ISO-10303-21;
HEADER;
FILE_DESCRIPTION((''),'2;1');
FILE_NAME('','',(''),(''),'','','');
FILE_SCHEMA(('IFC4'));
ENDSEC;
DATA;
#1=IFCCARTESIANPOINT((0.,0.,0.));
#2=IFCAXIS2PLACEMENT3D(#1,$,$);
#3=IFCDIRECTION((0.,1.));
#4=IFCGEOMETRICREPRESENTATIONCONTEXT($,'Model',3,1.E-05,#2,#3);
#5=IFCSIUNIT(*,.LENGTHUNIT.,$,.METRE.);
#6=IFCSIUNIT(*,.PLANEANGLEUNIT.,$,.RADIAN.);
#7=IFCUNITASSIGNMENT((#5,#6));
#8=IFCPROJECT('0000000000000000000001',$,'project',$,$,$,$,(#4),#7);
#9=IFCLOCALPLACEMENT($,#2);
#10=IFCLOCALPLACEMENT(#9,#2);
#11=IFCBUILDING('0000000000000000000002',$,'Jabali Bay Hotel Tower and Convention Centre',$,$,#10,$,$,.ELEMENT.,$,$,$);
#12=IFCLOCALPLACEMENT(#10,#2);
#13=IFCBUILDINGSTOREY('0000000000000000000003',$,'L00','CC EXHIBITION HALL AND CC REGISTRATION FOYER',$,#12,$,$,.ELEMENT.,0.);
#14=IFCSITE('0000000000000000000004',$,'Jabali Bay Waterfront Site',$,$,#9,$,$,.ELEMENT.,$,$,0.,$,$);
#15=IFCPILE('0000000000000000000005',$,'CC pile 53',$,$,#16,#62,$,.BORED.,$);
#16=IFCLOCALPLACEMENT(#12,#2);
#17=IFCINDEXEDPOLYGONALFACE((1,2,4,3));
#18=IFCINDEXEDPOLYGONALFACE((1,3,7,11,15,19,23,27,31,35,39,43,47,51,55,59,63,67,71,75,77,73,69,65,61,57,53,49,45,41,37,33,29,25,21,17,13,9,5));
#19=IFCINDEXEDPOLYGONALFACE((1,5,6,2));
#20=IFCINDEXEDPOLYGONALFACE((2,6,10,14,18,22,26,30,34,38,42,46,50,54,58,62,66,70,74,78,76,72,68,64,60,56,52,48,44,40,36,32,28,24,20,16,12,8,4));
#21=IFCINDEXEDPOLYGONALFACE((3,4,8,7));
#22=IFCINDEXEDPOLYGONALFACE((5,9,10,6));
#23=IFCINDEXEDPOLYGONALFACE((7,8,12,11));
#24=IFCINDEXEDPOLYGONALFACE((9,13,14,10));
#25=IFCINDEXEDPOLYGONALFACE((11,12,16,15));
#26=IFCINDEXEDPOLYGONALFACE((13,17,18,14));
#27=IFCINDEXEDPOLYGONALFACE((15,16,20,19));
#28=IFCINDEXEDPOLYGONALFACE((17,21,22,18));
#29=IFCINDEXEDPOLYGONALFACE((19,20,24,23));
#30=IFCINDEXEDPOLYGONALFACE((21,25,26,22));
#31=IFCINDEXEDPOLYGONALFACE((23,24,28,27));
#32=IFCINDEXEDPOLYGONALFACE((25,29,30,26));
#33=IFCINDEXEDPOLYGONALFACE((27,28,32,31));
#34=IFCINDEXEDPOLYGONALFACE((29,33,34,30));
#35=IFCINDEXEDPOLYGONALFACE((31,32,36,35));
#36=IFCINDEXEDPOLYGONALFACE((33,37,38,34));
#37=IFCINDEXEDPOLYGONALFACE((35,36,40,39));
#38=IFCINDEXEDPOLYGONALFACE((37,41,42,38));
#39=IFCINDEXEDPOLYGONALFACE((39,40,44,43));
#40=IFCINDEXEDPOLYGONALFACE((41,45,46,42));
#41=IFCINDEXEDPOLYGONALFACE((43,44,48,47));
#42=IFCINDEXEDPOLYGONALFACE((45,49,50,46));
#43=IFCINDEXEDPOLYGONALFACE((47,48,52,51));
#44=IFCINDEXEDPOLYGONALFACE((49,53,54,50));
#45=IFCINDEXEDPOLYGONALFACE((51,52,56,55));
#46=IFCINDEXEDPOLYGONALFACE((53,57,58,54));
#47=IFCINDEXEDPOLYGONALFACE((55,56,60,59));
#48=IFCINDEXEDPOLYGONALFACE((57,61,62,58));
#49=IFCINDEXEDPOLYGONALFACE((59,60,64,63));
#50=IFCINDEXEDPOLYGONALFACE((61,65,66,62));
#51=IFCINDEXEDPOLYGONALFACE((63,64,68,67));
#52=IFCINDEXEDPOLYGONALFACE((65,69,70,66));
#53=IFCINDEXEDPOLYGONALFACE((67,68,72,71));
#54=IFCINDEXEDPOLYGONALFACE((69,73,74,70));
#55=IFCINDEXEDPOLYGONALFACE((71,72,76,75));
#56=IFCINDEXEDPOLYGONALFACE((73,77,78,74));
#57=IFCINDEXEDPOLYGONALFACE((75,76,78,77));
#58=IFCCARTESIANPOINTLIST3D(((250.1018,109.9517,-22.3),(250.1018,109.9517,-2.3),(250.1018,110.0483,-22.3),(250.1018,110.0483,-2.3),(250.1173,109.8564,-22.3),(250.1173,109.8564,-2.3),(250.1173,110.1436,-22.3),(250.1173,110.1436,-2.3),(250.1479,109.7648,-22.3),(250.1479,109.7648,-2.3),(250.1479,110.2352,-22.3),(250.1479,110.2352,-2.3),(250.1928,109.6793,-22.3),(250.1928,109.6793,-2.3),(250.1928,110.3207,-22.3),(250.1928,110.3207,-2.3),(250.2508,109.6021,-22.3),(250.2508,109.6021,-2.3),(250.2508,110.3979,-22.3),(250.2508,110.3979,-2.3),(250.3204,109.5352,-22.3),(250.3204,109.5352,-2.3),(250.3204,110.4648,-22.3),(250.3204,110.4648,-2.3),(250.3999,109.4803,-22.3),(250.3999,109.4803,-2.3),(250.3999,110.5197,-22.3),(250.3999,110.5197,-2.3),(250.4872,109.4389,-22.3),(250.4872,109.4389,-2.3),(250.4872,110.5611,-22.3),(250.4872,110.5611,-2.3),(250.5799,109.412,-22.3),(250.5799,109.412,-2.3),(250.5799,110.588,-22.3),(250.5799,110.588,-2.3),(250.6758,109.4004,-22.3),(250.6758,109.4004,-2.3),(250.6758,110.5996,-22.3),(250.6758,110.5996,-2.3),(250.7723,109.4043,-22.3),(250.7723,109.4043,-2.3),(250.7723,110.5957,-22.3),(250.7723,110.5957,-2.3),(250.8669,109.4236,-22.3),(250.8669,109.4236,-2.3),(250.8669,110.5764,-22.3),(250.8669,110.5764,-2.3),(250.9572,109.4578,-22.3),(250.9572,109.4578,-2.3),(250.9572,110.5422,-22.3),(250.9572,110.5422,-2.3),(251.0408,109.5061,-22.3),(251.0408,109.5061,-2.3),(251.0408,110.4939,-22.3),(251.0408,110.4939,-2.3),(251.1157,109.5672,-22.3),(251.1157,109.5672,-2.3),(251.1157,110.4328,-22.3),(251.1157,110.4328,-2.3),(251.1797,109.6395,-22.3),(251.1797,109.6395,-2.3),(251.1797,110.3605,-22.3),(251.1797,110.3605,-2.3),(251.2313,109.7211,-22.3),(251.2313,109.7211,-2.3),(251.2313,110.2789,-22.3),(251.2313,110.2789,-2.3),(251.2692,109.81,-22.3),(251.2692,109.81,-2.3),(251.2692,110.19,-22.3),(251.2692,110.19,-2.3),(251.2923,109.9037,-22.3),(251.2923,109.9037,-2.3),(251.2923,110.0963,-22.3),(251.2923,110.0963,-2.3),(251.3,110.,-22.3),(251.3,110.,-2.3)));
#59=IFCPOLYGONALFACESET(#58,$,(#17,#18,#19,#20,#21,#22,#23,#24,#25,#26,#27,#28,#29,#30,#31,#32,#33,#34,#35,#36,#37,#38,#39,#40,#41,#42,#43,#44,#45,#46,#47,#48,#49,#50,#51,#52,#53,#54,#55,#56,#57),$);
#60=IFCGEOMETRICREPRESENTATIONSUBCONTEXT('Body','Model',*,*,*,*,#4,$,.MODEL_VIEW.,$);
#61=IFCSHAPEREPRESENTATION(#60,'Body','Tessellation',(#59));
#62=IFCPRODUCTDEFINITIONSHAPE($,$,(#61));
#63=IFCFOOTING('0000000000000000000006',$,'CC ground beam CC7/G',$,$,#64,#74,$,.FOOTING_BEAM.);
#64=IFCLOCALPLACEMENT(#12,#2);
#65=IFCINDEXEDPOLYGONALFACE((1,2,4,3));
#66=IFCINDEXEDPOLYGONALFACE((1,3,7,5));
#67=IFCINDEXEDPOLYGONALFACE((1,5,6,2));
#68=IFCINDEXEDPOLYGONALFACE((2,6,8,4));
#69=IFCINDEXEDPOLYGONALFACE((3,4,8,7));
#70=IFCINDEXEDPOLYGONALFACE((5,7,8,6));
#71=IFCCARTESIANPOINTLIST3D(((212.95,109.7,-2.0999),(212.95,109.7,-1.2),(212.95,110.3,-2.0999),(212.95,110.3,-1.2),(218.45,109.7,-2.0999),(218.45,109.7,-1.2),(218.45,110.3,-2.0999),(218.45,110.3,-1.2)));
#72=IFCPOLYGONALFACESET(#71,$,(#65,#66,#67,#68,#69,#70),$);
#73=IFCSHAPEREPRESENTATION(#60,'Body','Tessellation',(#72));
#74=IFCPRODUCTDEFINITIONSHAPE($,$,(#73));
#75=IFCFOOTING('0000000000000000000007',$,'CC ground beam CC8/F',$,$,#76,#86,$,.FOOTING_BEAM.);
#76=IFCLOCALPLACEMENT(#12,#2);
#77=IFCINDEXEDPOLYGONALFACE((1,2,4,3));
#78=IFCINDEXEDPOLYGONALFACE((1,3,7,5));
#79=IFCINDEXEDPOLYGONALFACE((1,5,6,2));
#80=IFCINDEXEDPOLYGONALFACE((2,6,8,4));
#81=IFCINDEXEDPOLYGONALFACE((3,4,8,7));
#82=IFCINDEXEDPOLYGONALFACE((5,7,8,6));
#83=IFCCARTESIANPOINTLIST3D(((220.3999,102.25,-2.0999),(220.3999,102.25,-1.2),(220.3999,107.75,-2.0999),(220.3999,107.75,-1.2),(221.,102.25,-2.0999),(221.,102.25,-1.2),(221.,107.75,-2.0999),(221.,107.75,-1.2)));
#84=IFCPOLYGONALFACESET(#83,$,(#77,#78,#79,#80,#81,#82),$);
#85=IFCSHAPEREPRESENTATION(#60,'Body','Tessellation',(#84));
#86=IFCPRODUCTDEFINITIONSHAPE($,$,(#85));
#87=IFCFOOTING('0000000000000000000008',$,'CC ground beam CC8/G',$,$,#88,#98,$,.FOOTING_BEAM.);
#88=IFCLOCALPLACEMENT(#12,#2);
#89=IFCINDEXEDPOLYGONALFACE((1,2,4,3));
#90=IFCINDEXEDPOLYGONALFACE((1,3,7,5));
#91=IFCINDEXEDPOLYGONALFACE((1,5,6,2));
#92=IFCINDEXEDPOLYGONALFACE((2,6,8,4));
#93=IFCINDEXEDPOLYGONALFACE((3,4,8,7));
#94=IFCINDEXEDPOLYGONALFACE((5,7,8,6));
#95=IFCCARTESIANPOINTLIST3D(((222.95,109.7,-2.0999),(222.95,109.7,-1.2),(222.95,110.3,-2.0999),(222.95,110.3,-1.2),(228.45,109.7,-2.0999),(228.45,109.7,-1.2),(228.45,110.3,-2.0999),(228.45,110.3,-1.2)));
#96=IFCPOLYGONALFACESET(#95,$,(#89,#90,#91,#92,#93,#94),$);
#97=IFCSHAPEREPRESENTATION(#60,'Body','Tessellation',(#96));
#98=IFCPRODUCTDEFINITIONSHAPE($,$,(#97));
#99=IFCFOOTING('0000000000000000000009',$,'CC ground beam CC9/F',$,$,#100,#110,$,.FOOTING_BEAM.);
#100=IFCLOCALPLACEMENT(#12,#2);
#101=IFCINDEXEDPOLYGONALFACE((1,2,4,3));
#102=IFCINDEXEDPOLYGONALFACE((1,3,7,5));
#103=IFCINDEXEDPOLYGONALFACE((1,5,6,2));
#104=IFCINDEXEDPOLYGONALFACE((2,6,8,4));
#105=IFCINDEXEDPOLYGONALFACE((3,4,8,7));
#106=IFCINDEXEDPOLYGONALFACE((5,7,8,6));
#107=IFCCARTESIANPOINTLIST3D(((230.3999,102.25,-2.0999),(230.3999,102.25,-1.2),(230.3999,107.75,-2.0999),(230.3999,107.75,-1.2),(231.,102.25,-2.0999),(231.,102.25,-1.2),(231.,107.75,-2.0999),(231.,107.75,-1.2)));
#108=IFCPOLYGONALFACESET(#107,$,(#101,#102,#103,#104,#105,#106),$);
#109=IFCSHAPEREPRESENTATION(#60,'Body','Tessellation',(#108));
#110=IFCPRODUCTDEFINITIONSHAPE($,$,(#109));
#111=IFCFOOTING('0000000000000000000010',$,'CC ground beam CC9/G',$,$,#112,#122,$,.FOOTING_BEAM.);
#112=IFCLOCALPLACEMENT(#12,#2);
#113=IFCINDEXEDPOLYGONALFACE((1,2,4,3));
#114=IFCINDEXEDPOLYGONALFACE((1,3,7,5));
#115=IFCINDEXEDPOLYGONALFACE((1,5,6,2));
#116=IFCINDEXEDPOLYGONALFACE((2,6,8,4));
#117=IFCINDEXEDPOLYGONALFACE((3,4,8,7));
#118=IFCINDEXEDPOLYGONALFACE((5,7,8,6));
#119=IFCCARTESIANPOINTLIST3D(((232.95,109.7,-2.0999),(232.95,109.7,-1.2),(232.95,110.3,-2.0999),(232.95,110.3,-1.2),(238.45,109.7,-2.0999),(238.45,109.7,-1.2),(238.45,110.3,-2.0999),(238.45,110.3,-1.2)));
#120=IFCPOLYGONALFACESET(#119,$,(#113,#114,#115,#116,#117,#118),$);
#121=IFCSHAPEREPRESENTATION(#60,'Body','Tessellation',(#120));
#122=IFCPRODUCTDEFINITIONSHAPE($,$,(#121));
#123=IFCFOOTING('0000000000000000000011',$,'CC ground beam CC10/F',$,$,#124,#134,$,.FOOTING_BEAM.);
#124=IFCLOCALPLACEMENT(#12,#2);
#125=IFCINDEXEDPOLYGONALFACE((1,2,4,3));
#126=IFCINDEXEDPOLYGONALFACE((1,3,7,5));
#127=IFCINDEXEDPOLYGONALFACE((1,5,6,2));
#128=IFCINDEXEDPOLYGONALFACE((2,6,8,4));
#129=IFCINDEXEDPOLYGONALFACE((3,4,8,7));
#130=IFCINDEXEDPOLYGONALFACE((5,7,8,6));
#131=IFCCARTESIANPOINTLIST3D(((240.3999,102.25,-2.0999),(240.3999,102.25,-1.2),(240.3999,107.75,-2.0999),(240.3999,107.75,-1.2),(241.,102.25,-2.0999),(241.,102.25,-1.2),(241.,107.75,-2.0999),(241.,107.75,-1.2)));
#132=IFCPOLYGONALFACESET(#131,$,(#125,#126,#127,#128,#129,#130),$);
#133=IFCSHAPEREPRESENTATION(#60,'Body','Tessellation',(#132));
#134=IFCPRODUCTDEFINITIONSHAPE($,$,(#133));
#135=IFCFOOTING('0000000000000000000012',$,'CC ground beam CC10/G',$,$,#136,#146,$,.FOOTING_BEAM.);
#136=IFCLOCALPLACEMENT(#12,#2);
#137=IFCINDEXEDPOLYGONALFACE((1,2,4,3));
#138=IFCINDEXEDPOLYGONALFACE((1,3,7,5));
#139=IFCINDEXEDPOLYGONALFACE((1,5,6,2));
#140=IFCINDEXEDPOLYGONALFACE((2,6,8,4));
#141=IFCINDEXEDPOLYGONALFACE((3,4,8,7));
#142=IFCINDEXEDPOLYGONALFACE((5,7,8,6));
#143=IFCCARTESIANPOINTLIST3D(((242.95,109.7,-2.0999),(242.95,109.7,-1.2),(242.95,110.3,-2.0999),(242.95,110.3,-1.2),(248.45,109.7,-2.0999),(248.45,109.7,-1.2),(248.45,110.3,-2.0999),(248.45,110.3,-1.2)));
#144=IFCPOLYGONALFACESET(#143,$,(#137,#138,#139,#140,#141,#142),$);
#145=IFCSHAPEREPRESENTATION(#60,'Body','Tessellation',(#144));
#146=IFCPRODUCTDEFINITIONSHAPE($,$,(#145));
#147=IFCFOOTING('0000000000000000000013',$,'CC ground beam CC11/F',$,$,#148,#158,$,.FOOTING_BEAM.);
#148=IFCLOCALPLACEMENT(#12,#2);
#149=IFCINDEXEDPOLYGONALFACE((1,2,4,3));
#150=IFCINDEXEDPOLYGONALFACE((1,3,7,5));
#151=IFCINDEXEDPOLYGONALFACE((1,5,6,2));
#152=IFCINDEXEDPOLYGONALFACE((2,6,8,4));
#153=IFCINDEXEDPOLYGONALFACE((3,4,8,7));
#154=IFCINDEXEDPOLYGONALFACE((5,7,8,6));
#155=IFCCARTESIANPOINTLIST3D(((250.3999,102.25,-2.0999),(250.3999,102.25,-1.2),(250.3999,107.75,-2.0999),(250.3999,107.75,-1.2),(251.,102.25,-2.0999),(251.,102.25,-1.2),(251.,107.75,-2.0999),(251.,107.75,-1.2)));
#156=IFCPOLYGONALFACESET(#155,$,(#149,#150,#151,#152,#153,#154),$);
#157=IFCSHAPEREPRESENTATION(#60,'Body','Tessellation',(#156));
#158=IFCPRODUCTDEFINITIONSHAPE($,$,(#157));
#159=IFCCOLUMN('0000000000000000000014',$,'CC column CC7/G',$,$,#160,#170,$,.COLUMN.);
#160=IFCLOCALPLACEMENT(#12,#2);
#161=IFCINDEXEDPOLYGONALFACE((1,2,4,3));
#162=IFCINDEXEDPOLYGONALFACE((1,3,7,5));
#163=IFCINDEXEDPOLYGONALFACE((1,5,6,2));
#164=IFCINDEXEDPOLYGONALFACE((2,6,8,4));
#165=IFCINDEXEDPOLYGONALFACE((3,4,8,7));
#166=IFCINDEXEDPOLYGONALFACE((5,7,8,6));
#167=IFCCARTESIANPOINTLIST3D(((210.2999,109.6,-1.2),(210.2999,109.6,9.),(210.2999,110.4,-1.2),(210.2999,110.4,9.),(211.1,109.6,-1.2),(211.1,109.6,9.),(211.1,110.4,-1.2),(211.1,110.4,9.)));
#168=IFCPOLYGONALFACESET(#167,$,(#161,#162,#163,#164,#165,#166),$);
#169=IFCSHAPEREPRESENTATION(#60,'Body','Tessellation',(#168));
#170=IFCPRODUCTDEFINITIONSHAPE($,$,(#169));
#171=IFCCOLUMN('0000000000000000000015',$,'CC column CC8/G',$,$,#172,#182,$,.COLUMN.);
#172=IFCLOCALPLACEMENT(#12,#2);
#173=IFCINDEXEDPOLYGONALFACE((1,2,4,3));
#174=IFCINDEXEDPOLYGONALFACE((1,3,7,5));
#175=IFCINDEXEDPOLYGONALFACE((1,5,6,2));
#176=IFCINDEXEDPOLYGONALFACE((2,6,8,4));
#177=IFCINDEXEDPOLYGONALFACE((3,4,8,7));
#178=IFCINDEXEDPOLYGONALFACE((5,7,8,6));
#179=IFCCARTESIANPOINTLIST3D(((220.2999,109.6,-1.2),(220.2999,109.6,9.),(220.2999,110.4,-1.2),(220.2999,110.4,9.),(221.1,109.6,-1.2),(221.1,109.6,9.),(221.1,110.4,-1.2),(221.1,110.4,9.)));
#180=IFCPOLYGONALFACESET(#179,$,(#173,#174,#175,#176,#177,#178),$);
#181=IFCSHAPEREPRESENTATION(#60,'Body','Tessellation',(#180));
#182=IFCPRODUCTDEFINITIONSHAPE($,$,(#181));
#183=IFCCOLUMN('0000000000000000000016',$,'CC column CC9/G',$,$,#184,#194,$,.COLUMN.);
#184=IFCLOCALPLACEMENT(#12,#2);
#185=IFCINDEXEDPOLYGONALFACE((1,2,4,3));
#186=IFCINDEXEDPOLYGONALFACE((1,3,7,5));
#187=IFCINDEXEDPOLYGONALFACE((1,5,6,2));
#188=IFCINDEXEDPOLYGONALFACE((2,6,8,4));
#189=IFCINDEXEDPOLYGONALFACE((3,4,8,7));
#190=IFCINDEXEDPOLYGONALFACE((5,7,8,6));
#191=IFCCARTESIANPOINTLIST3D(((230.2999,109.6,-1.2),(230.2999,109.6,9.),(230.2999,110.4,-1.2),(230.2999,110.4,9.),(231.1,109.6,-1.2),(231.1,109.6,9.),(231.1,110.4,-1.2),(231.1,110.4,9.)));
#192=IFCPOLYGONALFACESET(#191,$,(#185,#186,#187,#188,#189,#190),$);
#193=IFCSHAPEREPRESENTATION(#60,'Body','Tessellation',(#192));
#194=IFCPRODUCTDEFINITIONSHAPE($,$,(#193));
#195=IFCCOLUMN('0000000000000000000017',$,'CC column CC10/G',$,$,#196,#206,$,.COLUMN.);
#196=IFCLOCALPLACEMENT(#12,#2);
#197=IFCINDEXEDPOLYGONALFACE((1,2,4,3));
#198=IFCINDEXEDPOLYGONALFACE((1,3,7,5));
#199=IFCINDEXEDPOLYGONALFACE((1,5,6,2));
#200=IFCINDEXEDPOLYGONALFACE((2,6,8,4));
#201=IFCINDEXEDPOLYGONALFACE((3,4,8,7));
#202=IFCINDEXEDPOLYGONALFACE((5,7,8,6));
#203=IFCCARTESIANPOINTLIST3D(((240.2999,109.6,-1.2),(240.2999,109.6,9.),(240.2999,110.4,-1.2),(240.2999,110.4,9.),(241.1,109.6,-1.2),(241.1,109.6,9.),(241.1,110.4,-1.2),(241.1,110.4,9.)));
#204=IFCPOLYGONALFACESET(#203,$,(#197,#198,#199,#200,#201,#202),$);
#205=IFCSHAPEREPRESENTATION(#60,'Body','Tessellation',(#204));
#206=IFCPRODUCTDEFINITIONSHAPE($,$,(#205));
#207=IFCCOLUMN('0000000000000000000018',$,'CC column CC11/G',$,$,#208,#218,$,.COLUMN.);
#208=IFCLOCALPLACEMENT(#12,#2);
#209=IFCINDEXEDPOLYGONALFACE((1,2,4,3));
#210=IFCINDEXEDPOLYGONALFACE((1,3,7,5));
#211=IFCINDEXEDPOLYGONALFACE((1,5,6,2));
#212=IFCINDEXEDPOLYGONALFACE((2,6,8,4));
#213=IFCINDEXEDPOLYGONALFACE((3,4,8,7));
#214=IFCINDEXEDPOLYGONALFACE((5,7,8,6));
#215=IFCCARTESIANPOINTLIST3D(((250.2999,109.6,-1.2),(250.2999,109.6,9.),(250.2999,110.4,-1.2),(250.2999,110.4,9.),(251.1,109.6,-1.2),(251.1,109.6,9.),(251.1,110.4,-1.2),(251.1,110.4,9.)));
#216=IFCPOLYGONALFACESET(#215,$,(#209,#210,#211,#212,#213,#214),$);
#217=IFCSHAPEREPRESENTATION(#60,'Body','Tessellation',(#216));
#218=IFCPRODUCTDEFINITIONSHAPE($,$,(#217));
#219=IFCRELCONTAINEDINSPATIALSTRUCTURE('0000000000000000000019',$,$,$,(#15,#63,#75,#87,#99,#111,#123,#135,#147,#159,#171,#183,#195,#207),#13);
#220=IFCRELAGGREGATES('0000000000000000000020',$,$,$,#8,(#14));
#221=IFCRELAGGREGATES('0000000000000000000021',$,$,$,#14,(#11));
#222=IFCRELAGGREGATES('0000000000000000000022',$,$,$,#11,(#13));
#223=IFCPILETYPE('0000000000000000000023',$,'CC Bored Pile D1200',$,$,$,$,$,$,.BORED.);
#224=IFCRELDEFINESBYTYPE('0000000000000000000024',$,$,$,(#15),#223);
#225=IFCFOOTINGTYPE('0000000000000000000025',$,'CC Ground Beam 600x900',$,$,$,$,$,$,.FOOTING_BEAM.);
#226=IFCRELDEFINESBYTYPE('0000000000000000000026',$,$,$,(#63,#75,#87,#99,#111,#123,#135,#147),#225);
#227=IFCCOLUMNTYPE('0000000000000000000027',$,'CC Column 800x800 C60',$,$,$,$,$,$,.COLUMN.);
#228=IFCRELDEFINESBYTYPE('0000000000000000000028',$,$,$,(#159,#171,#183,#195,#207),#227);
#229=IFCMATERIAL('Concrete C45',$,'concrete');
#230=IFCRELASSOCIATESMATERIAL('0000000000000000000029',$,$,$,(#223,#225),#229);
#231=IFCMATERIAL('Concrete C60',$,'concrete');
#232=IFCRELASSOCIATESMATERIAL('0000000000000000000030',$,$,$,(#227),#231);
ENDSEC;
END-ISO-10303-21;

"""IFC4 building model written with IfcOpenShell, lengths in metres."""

from ifc_helpers import new_model, si_unit, direction, frame, origin, origin_2d, place, context, subcontext, project, spatial, rectangle, circle, extrude, material, material_profile, profile_set, type_object, element, save


model = new_model("IFC4")

# Units and contexts
model_context = context("Model", 3, precision=1e-05, world=origin(), true_north=direction((0.0, 1.0)))
body_context = subcontext(model_context, "Body", "Model", "MODEL_VIEW")
ifc_project = project(units=[si_unit("LENGTHUNIT", "METRE"), si_unit("PLANEANGLEUNIT", "RADIAN")], contexts=[model_context])

# Site, building, storey
site_placement = place(None, origin())
site = spatial("IfcSite", under=ifc_project, at=site_placement, Name="Jabali Bay Waterfront Site", CompositionType="ELEMENT", RefElevation=0.0)
building_placement = place(site_placement, origin())
building = spatial("IfcBuilding", under=site, at=building_placement, Name="Jabali Bay Hotel Tower and Convention Centre", CompositionType="ELEMENT")
storey_placement = place(building_placement, origin())
storey = spatial("IfcBuildingStorey", under=building, at=storey_placement, Name="L00", Description="CC EXHIBITION HALL AND CC REGISTRATION FOYER", CompositionType="ELEMENT", Elevation=0.0)

# Pile
ifc_material_1 = material(Name="Concrete C45", Category="concrete")
ifc_material_profile_1 = material_profile(ifc_material_1, circle(Radius=0.6001, at=origin_2d()), Name="D1200")
ifc_profile_set_1 = profile_set([ifc_material_profile_1], Name="Concrete C45")
pile_type = type_object("IfcPileType", Name="CC Bored Pile D1200", PredefinedType="BORED", material=ifc_profile_set_1)
for number, where, z_axis, x_axis, name in (
    (1, (250.7, 110.0, -2.3), (0.0, 0.0, -1.0), (1.0, 0.0, 0.0), "CC pile 53"),
):
    element("IfcPile", number, at=place(storey_placement, frame(where, z_axis=z_axis, x_axis=x_axis)), inside=storey, type_object=pile_type, Name=name, PredefinedType="BORED", context=body_context, shape_type="SweptSolid", body=[
        extrude(circle(Radius=0.6001, at=origin_2d()), origin(), (0.0, 0.0, 1.0), 20.0),
    ])

# Footings
ifc_material_profile_2 = material_profile(ifc_material_1, rectangle(XDim=0.6001, YDim=0.8999, at=origin_2d()), Name="RC 600x900")
ifc_profile_set_2 = profile_set([ifc_material_profile_2], Name="Concrete C45")
footing_type = type_object("IfcFootingType", Name="CC Ground Beam 600x900", PredefinedType="FOOTING_BEAM", material=ifc_profile_set_2)
for number, where, z_axis, x_axis, name in (
    (2, (212.95, 110.0, -1.6499), (1.0, 0.0, 0.0), (0.0, 1.0, 0.0), "CC ground beam CC7/G"),
    (3, (220.7, 102.25, -1.6499), (0.0, 1.0, 0.0), (-1.0, 0.0, 0.0), "CC ground beam CC8/F"),
    (4, (222.95, 110.0, -1.6499), (1.0, 0.0, 0.0), (0.0, 1.0, 0.0), "CC ground beam CC8/G"),
    (5, (230.7, 102.25, -1.6499), (0.0, 1.0, 0.0), (-1.0, 0.0, 0.0), "CC ground beam CC9/F"),
    (6, (232.95, 110.0, -1.6499), (1.0, 0.0, 0.0), (0.0, 1.0, 0.0), "CC ground beam CC9/G"),
    (7, (240.7, 102.25, -1.6499), (0.0, 1.0, 0.0), (-1.0, 0.0, 0.0), "CC ground beam CC10/F"),
    (8, (242.95, 110.0, -1.6499), (1.0, 0.0, 0.0), (0.0, 1.0, 0.0), "CC ground beam CC10/G"),
    (9, (250.7, 102.25, -1.6499), (0.0, 1.0, 0.0), (-1.0, 0.0, 0.0), "CC ground beam CC11/F"),
):
    element("IfcFooting", number, at=place(storey_placement, frame(where, z_axis=z_axis, x_axis=x_axis)), inside=storey, type_object=footing_type, Name=name, PredefinedType="FOOTING_BEAM", context=body_context, shape_type="SweptSolid", body=[
        extrude(rectangle(XDim=0.6001, YDim=0.8999, at=origin_2d()), origin(), (0.0, 0.0, 1.0), 5.5),
    ])

# Columns
ifc_material_2 = material(Name="Concrete C60", Category="concrete")
ifc_material_profile_3 = material_profile(ifc_material_2, rectangle(XDim=0.8, YDim=0.8, at=origin_2d()), Name="RC 800x800")
ifc_profile_set_3 = profile_set([ifc_material_profile_3], Name="Concrete C60")
column_type = type_object("IfcColumnType", Name="CC Column 800x800 C60", PredefinedType="COLUMN", material=ifc_profile_set_3)
for number, where, z_axis, x_axis, name in (
    (10, (210.7, 110.0, -1.2), (0.0, 0.0, 1.0), (1.0, 0.0, 0.0), "CC column CC7/G"),
    (11, (220.7, 110.0, -1.2), (0.0, 0.0, 1.0), (1.0, 0.0, 0.0), "CC column CC8/G"),
    (12, (230.7, 110.0, -1.2), (0.0, 0.0, 1.0), (1.0, 0.0, 0.0), "CC column CC9/G"),
    (13, (240.7, 110.0, -1.2), (0.0, 0.0, 1.0), (1.0, 0.0, 0.0), "CC column CC10/G"),
    (14, (250.7, 110.0, -1.2), (0.0, 0.0, 1.0), (1.0, 0.0, 0.0), "CC column CC11/G"),
):
    element("IfcColumn", number, at=place(storey_placement, frame(where, z_axis=z_axis, x_axis=x_axis)), inside=storey, type_object=column_type, Name=name, PredefinedType="COLUMN", context=body_context, shape_type="SweptSolid", body=[
        extrude(rectangle(XDim=0.8, YDim=0.8, at=origin_2d()), origin(), (0.0, 0.0, 1.0), 10.2),
    ])

save(model, "model.ifc")
